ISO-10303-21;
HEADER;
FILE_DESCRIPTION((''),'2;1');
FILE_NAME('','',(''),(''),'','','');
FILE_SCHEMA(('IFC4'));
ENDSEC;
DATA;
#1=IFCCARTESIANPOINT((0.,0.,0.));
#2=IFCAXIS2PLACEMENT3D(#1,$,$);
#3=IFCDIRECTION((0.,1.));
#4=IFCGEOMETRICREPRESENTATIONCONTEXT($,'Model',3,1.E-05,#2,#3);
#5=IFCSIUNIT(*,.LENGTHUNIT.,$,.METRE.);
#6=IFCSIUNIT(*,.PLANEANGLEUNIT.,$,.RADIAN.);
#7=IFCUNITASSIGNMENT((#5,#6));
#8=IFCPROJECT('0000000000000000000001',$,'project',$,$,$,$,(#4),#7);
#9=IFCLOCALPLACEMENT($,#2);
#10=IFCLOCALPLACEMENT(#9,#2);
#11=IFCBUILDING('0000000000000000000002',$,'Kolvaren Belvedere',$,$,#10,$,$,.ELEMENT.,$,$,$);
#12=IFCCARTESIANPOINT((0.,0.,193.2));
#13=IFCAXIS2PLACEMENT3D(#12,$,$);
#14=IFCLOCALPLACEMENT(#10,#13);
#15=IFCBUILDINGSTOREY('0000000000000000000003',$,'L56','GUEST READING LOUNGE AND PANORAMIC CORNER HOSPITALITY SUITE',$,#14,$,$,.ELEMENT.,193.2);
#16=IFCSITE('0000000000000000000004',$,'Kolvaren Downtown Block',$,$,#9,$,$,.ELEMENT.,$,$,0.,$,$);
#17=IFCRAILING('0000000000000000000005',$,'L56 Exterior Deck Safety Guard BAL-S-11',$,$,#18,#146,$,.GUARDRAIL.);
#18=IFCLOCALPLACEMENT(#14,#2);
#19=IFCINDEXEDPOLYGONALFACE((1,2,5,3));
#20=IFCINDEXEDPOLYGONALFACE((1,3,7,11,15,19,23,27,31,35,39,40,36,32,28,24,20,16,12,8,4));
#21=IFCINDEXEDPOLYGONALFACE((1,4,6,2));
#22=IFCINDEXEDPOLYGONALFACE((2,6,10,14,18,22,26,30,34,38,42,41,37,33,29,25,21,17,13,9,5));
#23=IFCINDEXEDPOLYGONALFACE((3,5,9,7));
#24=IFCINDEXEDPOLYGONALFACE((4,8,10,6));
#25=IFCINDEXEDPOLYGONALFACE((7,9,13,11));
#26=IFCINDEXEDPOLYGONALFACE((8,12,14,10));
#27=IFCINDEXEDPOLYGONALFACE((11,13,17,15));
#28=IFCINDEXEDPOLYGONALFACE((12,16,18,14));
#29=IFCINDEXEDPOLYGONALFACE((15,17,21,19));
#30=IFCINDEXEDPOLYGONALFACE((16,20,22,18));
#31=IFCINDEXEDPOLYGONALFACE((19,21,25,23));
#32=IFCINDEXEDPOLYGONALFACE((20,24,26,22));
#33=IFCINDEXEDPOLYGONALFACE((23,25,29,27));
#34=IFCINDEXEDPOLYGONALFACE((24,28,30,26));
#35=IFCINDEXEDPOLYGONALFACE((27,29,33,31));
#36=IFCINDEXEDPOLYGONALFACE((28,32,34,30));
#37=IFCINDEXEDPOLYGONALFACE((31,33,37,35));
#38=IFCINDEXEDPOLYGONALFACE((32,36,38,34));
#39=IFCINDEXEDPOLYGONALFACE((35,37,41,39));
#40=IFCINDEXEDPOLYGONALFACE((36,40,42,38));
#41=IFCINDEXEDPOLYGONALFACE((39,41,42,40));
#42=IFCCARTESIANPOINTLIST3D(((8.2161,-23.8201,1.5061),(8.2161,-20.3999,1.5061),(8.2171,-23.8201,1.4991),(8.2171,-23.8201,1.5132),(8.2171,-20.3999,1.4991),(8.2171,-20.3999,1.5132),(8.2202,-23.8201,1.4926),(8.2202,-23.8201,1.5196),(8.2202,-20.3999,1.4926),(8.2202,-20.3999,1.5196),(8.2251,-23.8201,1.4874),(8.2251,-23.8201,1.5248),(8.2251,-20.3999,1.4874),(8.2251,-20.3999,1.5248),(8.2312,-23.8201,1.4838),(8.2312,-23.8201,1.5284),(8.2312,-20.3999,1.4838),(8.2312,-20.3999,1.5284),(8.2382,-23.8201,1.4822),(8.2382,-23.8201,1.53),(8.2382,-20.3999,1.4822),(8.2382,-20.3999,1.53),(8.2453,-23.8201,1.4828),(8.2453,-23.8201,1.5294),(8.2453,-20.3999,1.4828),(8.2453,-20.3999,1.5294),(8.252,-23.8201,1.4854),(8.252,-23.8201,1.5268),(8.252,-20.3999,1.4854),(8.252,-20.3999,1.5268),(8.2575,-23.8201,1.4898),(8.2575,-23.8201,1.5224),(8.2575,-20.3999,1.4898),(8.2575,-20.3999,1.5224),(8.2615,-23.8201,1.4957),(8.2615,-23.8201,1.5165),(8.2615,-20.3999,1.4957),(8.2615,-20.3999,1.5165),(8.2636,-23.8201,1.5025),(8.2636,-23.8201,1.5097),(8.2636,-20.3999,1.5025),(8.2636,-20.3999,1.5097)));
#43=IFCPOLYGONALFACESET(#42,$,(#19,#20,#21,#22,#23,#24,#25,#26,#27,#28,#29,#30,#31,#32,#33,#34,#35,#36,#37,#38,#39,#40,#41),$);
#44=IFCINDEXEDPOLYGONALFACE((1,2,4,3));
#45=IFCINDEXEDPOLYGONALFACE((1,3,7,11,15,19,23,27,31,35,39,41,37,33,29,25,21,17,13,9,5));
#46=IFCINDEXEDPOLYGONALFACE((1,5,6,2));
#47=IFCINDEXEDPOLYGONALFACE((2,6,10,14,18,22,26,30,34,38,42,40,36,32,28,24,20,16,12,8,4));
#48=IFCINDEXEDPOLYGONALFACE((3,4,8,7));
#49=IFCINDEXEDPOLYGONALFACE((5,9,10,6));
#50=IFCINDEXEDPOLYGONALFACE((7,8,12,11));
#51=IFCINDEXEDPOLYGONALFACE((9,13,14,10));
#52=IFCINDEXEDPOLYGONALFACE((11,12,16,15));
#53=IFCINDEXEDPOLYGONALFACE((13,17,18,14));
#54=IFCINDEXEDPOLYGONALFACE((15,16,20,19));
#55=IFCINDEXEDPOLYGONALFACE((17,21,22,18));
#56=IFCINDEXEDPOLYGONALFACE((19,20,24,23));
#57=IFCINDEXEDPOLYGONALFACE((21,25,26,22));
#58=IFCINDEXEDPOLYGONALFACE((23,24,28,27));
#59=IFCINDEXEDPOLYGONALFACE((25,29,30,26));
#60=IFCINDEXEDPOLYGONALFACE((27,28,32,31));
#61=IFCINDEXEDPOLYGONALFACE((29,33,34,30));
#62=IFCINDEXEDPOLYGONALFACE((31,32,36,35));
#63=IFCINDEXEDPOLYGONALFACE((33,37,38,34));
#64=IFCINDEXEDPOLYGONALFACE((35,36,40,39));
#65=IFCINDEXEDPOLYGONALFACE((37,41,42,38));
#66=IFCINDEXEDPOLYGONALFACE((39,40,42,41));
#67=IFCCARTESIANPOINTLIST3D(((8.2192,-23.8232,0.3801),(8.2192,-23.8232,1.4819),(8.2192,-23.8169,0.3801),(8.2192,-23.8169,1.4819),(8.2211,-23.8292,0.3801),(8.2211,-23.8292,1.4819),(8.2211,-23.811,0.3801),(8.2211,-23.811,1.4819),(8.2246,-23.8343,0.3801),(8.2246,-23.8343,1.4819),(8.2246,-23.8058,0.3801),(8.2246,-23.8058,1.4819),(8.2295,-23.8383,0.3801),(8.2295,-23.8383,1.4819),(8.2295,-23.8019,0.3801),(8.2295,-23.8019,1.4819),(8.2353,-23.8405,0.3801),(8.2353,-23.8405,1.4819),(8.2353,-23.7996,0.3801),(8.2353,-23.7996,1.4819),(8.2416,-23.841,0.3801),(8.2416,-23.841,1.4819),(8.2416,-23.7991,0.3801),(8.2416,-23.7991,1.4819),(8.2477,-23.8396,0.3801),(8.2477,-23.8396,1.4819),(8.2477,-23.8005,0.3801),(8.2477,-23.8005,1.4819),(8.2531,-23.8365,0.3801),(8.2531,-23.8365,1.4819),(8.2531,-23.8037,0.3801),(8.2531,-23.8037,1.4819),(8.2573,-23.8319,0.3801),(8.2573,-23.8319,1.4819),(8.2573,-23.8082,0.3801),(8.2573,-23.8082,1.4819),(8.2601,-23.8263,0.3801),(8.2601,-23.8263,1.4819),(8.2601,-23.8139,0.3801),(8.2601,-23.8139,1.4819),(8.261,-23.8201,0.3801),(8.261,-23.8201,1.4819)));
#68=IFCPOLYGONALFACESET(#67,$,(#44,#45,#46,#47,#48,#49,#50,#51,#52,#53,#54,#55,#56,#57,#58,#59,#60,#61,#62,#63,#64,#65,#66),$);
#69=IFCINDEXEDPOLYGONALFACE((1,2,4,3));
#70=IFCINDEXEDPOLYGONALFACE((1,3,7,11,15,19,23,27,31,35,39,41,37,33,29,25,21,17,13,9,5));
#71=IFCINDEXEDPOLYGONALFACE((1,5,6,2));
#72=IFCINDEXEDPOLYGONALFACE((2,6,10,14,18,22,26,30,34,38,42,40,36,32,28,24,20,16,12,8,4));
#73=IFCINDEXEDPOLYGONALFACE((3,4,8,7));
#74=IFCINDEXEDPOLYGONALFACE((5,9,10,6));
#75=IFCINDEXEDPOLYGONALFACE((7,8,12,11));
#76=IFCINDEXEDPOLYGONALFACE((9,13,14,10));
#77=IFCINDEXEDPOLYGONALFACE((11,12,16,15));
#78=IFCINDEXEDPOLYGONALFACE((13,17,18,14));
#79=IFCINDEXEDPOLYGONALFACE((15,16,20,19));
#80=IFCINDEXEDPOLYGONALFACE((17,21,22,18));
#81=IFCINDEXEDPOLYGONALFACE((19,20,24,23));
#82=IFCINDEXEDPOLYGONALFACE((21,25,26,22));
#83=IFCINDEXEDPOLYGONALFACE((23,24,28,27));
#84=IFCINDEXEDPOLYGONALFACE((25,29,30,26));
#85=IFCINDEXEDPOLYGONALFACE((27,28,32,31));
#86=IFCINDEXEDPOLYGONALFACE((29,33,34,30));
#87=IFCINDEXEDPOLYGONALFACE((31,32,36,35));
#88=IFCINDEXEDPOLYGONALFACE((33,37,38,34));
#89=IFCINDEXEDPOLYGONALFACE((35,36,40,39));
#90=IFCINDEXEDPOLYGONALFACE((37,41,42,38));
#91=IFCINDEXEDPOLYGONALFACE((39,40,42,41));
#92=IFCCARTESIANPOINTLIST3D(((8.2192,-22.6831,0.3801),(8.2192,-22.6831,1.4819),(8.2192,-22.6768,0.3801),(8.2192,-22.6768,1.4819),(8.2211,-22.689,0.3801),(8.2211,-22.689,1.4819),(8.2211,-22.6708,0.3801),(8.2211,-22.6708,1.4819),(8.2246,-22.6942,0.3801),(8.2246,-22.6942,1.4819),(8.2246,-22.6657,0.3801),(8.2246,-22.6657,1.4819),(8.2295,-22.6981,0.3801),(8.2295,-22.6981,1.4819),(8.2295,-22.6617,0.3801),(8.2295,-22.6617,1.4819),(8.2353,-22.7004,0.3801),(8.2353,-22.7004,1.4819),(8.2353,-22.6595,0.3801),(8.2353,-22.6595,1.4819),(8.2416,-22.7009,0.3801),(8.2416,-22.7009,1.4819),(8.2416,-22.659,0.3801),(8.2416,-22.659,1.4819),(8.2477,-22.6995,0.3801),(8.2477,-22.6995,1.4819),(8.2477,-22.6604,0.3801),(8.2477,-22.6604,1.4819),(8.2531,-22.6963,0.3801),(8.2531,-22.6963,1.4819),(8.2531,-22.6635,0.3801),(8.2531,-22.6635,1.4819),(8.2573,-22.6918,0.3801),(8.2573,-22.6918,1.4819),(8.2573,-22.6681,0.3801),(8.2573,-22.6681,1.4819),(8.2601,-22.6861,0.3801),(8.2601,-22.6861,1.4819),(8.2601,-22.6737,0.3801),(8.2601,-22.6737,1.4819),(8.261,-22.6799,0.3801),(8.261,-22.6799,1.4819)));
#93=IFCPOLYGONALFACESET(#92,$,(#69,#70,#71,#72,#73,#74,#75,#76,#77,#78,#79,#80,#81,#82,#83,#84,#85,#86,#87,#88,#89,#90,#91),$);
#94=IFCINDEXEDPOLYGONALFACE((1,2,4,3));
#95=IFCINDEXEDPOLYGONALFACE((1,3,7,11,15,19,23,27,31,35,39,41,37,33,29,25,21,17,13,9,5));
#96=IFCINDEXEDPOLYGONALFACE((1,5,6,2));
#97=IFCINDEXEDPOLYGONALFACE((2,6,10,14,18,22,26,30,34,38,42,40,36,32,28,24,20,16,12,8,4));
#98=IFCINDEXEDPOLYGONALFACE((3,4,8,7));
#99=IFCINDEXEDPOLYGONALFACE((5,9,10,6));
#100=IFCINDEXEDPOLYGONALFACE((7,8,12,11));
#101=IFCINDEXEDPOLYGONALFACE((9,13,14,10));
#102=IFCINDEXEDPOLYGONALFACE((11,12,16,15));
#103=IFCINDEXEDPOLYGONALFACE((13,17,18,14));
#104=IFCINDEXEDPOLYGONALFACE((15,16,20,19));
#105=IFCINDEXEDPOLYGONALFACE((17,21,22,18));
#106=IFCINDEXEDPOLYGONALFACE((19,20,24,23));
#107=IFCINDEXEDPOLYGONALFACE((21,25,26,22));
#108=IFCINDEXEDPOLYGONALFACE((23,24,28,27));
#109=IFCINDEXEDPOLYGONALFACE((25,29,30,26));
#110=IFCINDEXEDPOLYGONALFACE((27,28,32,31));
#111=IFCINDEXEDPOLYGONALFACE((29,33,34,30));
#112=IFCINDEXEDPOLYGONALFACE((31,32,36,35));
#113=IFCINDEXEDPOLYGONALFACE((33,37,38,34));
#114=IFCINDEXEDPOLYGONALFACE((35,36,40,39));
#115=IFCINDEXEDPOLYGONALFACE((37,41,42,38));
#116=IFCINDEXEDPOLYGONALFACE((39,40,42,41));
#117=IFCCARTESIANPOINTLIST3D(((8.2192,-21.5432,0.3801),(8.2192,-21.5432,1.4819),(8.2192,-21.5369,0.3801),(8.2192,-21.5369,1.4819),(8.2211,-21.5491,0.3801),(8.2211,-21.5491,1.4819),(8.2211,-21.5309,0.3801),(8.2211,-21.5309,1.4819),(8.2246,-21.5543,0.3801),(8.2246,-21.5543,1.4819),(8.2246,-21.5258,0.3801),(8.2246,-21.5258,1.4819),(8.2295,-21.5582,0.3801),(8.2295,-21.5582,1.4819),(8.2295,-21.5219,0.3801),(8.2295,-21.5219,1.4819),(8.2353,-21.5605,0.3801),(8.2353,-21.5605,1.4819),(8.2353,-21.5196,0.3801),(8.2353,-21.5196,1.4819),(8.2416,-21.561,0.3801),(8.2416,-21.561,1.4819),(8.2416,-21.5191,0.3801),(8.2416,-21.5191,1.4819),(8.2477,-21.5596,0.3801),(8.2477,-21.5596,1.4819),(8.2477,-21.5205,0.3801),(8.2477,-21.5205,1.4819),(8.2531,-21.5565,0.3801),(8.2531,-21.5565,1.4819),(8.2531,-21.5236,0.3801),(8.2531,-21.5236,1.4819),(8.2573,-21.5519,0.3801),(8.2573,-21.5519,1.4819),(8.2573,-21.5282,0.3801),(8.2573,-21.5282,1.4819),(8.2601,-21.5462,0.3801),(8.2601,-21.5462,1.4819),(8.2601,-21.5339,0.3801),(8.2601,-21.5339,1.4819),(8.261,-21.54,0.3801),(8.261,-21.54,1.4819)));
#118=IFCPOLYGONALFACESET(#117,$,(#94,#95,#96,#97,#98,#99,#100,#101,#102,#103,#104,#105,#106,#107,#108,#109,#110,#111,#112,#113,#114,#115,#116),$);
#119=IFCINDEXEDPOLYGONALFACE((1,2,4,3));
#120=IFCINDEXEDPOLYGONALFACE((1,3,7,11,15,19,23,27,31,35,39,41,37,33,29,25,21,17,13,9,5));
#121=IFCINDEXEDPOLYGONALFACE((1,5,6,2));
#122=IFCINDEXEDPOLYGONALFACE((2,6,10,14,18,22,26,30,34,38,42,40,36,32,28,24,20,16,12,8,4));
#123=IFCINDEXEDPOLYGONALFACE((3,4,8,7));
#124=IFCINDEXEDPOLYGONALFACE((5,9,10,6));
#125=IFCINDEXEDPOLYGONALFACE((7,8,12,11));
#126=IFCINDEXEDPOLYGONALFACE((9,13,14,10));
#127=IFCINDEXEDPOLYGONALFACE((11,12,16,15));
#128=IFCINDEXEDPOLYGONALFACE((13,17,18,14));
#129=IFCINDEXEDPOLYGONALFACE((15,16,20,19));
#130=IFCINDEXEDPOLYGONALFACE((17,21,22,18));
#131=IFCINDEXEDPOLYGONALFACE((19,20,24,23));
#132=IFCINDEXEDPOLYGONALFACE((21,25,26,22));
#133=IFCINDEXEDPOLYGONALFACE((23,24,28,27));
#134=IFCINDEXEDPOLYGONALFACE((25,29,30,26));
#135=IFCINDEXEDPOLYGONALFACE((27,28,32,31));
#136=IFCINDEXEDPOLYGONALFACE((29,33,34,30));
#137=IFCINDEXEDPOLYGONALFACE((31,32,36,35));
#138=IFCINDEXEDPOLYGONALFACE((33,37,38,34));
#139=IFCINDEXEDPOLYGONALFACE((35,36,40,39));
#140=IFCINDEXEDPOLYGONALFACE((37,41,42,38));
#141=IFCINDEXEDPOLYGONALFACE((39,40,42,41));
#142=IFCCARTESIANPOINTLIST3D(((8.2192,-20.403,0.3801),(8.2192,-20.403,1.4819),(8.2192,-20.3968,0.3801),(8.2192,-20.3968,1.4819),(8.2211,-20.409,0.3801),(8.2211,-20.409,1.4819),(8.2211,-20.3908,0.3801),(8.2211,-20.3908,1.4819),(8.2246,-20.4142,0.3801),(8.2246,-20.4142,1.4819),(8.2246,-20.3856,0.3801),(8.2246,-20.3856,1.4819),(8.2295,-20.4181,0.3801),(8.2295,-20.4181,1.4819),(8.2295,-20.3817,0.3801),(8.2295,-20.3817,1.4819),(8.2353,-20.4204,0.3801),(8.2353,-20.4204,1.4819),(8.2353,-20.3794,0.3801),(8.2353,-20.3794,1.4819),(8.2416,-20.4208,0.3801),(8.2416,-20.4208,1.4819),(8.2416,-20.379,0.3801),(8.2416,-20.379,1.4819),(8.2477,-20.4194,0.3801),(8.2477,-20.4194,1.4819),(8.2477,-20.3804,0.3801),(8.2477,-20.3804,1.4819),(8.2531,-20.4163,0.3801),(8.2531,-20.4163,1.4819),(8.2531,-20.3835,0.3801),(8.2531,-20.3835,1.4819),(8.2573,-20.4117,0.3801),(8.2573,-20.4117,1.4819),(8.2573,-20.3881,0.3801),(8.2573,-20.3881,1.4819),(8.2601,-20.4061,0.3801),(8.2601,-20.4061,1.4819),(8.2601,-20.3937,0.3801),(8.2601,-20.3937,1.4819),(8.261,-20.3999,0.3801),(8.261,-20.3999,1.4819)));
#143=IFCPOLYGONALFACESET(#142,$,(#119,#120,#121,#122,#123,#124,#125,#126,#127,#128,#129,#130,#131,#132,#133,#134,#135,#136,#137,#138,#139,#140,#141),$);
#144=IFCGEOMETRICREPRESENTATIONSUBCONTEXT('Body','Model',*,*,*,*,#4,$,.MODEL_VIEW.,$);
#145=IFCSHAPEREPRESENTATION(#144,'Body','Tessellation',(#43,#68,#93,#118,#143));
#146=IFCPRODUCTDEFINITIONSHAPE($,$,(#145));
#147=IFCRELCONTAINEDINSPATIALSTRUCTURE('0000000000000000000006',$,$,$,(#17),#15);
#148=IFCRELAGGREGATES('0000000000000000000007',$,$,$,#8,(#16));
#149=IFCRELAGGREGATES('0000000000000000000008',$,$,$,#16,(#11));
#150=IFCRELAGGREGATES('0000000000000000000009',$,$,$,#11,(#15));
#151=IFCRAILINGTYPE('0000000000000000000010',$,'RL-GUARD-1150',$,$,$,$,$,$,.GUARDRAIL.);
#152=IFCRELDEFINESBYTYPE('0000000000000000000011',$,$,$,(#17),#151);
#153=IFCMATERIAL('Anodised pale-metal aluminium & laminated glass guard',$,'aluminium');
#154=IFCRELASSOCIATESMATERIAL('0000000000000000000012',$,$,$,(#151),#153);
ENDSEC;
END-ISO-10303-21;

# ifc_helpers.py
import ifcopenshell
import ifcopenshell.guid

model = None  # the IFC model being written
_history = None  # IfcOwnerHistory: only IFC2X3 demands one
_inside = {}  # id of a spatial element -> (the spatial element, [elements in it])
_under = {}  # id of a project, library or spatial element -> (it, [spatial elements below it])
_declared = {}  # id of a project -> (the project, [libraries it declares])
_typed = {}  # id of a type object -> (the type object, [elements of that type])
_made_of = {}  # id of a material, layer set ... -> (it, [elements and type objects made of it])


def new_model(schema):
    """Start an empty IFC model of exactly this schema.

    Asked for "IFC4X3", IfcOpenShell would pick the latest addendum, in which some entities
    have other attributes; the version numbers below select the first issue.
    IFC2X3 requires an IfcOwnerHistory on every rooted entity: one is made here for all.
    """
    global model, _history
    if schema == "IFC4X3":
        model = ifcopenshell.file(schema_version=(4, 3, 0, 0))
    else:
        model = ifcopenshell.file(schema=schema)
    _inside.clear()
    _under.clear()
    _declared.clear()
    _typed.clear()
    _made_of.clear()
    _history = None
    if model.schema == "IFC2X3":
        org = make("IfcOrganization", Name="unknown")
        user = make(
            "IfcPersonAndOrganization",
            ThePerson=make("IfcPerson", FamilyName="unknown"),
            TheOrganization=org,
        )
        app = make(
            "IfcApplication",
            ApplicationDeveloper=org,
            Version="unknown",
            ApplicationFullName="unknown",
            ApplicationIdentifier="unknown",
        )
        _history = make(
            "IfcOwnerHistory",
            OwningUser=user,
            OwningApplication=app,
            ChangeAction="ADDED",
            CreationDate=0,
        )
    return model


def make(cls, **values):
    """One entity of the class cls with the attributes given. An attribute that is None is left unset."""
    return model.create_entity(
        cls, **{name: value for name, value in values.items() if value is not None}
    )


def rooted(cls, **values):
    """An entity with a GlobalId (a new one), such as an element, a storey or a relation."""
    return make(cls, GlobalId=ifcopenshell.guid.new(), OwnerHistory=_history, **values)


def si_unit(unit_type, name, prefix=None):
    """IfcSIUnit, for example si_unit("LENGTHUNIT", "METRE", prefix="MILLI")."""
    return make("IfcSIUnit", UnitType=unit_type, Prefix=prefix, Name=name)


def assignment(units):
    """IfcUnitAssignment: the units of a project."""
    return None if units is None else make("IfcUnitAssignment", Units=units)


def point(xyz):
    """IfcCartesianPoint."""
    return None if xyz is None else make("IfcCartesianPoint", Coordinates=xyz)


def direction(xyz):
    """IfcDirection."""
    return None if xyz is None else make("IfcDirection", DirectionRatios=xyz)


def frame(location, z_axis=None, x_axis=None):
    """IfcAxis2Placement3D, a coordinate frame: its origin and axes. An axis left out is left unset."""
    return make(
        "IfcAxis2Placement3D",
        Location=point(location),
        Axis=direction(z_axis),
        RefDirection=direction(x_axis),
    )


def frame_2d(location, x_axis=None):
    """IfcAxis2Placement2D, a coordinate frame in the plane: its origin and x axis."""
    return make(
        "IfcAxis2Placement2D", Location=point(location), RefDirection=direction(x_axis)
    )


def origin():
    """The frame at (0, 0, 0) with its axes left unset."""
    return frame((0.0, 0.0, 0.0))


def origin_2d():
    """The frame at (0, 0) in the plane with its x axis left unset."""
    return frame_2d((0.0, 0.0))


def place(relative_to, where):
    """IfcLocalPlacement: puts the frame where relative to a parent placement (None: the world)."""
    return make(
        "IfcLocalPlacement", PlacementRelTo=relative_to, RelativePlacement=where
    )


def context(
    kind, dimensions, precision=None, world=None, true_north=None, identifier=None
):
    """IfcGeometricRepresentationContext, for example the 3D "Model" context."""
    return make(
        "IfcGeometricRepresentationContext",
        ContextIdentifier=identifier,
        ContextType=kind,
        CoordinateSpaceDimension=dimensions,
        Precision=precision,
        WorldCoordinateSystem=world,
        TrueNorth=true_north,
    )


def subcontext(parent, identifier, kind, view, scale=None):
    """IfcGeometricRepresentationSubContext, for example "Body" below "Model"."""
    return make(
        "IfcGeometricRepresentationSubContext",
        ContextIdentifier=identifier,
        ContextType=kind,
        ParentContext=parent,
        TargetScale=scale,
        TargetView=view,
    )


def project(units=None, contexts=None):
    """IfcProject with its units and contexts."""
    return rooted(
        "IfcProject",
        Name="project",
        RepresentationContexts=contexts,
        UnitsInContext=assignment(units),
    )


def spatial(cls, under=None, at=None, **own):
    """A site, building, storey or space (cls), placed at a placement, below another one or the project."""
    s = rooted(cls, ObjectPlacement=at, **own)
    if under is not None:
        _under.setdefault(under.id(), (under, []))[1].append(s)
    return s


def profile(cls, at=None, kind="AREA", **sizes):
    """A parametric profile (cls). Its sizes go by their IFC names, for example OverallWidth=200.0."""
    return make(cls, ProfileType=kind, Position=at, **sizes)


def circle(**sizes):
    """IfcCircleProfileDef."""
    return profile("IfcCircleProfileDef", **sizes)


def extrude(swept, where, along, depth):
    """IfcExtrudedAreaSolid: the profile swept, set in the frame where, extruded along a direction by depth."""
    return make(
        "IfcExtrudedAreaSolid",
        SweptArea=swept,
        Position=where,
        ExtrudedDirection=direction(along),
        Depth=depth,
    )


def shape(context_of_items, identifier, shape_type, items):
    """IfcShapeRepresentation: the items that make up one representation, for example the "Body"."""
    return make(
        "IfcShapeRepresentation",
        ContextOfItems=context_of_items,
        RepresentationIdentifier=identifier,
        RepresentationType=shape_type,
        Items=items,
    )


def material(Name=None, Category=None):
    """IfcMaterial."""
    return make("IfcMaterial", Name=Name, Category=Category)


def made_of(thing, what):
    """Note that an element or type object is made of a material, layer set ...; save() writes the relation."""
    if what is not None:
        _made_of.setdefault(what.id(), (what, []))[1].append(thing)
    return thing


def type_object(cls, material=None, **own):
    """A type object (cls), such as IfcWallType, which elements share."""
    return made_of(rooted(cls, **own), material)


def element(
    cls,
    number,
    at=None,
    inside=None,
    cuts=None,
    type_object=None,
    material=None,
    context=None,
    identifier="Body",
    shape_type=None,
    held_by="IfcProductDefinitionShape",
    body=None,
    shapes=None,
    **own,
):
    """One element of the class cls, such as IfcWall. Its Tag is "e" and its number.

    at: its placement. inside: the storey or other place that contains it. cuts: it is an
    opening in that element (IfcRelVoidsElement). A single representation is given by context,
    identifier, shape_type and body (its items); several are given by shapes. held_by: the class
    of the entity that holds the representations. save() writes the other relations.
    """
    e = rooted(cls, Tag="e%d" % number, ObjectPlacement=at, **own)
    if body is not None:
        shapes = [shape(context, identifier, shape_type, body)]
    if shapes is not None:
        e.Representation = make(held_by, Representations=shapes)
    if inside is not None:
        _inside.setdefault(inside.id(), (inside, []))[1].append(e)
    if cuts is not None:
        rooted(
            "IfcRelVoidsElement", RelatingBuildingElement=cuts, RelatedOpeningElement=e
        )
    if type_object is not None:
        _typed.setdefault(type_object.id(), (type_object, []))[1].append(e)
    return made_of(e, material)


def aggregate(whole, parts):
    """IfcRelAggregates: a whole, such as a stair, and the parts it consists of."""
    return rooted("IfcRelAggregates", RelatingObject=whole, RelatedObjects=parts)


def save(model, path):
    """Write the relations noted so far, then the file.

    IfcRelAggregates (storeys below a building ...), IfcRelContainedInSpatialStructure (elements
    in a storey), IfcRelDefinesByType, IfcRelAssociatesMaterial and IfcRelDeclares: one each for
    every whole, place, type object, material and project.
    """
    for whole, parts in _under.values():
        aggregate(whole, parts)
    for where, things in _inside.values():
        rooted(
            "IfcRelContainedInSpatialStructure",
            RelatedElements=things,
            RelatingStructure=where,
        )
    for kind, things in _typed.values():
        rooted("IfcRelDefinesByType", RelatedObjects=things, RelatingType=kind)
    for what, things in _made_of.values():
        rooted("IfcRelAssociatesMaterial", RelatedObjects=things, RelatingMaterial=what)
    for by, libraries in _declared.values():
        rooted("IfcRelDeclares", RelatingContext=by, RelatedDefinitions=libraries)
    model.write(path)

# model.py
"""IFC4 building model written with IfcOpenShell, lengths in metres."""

from ifc_helpers import new_model, si_unit, direction, frame, origin, origin_2d, place, context, subcontext, project, spatial, circle, extrude, material, type_object, element, save


model = new_model("IFC4")

# Units and contexts
model_context = context("Model", 3, precision=1e-05, world=origin(), true_north=direction((0.0, 1.0)))
body_context = subcontext(model_context, "Body", "Model", "MODEL_VIEW")
ifc_project = project(units=[si_unit("LENGTHUNIT", "METRE"), si_unit("PLANEANGLEUNIT", "RADIAN")], contexts=[model_context])

# Site, building, storey
site_placement = place(None, origin())
site = spatial("IfcSite", under=ifc_project, at=site_placement, Name="Kolvaren Downtown Block", CompositionType="ELEMENT", RefElevation=0.0)
building_placement = place(site_placement, origin())
building = spatial("IfcBuilding", under=site, at=building_placement, Name="Kolvaren Belvedere", CompositionType="ELEMENT")
storey_placement = place(building_placement, frame((0.0, 0.0, 193.2)))
storey = spatial("IfcBuildingStorey", under=building, at=storey_placement, Name="L56", Description="GUEST READING LOUNGE AND PANORAMIC CORNER HOSPITALITY SUITE", CompositionType="ELEMENT", Elevation=193.2)

# Railing
ifc_material_1 = material(Name="Anodised pale-metal aluminium & laminated glass guard", Category="aluminium")
railing_type = type_object("IfcRailingType", Name="RL-GUARD-1150", PredefinedType="GUARDRAIL", material=ifc_material_1)
railing_placement = place(storey_placement, frame((8.24, -23.8201, 0.3801)))
element("IfcRailing", 1, at=railing_placement, inside=storey, type_object=railing_type, Name="L56 Exterior Deck Safety Guard BAL-S-11", PredefinedType="GUARDRAIL", context=body_context, shape_type="SweptSolid", body=[
    extrude(circle(Radius=0.0239, at=origin_2d()), frame((0.0, 0.0, 1.126), z_axis=(0.0, 1.0, 0.0), x_axis=(-1.0, 0.0, 0.0)), (0.0, 0.0, 1.0), 3.4202),
    extrude(circle(Radius=0.021, at=origin_2d()), origin(), (0.0, 0.0, 1.0), 1.1018),
    extrude(circle(Radius=0.021, at=origin_2d()), frame((0.0, 1.1401, 0.0)), (0.0, 0.0, 1.0), 1.1018),
    extrude(circle(Radius=0.021, at=origin_2d()), frame((0.0, 2.28, 0.0)), (0.0, 0.0, 1.0), 1.1018),
    extrude(circle(Radius=0.021, at=origin_2d()), frame((0.0, 3.4202, 0.0)), (0.0, 0.0, 1.0), 1.1018),
])

save(model, "model.ifc")
